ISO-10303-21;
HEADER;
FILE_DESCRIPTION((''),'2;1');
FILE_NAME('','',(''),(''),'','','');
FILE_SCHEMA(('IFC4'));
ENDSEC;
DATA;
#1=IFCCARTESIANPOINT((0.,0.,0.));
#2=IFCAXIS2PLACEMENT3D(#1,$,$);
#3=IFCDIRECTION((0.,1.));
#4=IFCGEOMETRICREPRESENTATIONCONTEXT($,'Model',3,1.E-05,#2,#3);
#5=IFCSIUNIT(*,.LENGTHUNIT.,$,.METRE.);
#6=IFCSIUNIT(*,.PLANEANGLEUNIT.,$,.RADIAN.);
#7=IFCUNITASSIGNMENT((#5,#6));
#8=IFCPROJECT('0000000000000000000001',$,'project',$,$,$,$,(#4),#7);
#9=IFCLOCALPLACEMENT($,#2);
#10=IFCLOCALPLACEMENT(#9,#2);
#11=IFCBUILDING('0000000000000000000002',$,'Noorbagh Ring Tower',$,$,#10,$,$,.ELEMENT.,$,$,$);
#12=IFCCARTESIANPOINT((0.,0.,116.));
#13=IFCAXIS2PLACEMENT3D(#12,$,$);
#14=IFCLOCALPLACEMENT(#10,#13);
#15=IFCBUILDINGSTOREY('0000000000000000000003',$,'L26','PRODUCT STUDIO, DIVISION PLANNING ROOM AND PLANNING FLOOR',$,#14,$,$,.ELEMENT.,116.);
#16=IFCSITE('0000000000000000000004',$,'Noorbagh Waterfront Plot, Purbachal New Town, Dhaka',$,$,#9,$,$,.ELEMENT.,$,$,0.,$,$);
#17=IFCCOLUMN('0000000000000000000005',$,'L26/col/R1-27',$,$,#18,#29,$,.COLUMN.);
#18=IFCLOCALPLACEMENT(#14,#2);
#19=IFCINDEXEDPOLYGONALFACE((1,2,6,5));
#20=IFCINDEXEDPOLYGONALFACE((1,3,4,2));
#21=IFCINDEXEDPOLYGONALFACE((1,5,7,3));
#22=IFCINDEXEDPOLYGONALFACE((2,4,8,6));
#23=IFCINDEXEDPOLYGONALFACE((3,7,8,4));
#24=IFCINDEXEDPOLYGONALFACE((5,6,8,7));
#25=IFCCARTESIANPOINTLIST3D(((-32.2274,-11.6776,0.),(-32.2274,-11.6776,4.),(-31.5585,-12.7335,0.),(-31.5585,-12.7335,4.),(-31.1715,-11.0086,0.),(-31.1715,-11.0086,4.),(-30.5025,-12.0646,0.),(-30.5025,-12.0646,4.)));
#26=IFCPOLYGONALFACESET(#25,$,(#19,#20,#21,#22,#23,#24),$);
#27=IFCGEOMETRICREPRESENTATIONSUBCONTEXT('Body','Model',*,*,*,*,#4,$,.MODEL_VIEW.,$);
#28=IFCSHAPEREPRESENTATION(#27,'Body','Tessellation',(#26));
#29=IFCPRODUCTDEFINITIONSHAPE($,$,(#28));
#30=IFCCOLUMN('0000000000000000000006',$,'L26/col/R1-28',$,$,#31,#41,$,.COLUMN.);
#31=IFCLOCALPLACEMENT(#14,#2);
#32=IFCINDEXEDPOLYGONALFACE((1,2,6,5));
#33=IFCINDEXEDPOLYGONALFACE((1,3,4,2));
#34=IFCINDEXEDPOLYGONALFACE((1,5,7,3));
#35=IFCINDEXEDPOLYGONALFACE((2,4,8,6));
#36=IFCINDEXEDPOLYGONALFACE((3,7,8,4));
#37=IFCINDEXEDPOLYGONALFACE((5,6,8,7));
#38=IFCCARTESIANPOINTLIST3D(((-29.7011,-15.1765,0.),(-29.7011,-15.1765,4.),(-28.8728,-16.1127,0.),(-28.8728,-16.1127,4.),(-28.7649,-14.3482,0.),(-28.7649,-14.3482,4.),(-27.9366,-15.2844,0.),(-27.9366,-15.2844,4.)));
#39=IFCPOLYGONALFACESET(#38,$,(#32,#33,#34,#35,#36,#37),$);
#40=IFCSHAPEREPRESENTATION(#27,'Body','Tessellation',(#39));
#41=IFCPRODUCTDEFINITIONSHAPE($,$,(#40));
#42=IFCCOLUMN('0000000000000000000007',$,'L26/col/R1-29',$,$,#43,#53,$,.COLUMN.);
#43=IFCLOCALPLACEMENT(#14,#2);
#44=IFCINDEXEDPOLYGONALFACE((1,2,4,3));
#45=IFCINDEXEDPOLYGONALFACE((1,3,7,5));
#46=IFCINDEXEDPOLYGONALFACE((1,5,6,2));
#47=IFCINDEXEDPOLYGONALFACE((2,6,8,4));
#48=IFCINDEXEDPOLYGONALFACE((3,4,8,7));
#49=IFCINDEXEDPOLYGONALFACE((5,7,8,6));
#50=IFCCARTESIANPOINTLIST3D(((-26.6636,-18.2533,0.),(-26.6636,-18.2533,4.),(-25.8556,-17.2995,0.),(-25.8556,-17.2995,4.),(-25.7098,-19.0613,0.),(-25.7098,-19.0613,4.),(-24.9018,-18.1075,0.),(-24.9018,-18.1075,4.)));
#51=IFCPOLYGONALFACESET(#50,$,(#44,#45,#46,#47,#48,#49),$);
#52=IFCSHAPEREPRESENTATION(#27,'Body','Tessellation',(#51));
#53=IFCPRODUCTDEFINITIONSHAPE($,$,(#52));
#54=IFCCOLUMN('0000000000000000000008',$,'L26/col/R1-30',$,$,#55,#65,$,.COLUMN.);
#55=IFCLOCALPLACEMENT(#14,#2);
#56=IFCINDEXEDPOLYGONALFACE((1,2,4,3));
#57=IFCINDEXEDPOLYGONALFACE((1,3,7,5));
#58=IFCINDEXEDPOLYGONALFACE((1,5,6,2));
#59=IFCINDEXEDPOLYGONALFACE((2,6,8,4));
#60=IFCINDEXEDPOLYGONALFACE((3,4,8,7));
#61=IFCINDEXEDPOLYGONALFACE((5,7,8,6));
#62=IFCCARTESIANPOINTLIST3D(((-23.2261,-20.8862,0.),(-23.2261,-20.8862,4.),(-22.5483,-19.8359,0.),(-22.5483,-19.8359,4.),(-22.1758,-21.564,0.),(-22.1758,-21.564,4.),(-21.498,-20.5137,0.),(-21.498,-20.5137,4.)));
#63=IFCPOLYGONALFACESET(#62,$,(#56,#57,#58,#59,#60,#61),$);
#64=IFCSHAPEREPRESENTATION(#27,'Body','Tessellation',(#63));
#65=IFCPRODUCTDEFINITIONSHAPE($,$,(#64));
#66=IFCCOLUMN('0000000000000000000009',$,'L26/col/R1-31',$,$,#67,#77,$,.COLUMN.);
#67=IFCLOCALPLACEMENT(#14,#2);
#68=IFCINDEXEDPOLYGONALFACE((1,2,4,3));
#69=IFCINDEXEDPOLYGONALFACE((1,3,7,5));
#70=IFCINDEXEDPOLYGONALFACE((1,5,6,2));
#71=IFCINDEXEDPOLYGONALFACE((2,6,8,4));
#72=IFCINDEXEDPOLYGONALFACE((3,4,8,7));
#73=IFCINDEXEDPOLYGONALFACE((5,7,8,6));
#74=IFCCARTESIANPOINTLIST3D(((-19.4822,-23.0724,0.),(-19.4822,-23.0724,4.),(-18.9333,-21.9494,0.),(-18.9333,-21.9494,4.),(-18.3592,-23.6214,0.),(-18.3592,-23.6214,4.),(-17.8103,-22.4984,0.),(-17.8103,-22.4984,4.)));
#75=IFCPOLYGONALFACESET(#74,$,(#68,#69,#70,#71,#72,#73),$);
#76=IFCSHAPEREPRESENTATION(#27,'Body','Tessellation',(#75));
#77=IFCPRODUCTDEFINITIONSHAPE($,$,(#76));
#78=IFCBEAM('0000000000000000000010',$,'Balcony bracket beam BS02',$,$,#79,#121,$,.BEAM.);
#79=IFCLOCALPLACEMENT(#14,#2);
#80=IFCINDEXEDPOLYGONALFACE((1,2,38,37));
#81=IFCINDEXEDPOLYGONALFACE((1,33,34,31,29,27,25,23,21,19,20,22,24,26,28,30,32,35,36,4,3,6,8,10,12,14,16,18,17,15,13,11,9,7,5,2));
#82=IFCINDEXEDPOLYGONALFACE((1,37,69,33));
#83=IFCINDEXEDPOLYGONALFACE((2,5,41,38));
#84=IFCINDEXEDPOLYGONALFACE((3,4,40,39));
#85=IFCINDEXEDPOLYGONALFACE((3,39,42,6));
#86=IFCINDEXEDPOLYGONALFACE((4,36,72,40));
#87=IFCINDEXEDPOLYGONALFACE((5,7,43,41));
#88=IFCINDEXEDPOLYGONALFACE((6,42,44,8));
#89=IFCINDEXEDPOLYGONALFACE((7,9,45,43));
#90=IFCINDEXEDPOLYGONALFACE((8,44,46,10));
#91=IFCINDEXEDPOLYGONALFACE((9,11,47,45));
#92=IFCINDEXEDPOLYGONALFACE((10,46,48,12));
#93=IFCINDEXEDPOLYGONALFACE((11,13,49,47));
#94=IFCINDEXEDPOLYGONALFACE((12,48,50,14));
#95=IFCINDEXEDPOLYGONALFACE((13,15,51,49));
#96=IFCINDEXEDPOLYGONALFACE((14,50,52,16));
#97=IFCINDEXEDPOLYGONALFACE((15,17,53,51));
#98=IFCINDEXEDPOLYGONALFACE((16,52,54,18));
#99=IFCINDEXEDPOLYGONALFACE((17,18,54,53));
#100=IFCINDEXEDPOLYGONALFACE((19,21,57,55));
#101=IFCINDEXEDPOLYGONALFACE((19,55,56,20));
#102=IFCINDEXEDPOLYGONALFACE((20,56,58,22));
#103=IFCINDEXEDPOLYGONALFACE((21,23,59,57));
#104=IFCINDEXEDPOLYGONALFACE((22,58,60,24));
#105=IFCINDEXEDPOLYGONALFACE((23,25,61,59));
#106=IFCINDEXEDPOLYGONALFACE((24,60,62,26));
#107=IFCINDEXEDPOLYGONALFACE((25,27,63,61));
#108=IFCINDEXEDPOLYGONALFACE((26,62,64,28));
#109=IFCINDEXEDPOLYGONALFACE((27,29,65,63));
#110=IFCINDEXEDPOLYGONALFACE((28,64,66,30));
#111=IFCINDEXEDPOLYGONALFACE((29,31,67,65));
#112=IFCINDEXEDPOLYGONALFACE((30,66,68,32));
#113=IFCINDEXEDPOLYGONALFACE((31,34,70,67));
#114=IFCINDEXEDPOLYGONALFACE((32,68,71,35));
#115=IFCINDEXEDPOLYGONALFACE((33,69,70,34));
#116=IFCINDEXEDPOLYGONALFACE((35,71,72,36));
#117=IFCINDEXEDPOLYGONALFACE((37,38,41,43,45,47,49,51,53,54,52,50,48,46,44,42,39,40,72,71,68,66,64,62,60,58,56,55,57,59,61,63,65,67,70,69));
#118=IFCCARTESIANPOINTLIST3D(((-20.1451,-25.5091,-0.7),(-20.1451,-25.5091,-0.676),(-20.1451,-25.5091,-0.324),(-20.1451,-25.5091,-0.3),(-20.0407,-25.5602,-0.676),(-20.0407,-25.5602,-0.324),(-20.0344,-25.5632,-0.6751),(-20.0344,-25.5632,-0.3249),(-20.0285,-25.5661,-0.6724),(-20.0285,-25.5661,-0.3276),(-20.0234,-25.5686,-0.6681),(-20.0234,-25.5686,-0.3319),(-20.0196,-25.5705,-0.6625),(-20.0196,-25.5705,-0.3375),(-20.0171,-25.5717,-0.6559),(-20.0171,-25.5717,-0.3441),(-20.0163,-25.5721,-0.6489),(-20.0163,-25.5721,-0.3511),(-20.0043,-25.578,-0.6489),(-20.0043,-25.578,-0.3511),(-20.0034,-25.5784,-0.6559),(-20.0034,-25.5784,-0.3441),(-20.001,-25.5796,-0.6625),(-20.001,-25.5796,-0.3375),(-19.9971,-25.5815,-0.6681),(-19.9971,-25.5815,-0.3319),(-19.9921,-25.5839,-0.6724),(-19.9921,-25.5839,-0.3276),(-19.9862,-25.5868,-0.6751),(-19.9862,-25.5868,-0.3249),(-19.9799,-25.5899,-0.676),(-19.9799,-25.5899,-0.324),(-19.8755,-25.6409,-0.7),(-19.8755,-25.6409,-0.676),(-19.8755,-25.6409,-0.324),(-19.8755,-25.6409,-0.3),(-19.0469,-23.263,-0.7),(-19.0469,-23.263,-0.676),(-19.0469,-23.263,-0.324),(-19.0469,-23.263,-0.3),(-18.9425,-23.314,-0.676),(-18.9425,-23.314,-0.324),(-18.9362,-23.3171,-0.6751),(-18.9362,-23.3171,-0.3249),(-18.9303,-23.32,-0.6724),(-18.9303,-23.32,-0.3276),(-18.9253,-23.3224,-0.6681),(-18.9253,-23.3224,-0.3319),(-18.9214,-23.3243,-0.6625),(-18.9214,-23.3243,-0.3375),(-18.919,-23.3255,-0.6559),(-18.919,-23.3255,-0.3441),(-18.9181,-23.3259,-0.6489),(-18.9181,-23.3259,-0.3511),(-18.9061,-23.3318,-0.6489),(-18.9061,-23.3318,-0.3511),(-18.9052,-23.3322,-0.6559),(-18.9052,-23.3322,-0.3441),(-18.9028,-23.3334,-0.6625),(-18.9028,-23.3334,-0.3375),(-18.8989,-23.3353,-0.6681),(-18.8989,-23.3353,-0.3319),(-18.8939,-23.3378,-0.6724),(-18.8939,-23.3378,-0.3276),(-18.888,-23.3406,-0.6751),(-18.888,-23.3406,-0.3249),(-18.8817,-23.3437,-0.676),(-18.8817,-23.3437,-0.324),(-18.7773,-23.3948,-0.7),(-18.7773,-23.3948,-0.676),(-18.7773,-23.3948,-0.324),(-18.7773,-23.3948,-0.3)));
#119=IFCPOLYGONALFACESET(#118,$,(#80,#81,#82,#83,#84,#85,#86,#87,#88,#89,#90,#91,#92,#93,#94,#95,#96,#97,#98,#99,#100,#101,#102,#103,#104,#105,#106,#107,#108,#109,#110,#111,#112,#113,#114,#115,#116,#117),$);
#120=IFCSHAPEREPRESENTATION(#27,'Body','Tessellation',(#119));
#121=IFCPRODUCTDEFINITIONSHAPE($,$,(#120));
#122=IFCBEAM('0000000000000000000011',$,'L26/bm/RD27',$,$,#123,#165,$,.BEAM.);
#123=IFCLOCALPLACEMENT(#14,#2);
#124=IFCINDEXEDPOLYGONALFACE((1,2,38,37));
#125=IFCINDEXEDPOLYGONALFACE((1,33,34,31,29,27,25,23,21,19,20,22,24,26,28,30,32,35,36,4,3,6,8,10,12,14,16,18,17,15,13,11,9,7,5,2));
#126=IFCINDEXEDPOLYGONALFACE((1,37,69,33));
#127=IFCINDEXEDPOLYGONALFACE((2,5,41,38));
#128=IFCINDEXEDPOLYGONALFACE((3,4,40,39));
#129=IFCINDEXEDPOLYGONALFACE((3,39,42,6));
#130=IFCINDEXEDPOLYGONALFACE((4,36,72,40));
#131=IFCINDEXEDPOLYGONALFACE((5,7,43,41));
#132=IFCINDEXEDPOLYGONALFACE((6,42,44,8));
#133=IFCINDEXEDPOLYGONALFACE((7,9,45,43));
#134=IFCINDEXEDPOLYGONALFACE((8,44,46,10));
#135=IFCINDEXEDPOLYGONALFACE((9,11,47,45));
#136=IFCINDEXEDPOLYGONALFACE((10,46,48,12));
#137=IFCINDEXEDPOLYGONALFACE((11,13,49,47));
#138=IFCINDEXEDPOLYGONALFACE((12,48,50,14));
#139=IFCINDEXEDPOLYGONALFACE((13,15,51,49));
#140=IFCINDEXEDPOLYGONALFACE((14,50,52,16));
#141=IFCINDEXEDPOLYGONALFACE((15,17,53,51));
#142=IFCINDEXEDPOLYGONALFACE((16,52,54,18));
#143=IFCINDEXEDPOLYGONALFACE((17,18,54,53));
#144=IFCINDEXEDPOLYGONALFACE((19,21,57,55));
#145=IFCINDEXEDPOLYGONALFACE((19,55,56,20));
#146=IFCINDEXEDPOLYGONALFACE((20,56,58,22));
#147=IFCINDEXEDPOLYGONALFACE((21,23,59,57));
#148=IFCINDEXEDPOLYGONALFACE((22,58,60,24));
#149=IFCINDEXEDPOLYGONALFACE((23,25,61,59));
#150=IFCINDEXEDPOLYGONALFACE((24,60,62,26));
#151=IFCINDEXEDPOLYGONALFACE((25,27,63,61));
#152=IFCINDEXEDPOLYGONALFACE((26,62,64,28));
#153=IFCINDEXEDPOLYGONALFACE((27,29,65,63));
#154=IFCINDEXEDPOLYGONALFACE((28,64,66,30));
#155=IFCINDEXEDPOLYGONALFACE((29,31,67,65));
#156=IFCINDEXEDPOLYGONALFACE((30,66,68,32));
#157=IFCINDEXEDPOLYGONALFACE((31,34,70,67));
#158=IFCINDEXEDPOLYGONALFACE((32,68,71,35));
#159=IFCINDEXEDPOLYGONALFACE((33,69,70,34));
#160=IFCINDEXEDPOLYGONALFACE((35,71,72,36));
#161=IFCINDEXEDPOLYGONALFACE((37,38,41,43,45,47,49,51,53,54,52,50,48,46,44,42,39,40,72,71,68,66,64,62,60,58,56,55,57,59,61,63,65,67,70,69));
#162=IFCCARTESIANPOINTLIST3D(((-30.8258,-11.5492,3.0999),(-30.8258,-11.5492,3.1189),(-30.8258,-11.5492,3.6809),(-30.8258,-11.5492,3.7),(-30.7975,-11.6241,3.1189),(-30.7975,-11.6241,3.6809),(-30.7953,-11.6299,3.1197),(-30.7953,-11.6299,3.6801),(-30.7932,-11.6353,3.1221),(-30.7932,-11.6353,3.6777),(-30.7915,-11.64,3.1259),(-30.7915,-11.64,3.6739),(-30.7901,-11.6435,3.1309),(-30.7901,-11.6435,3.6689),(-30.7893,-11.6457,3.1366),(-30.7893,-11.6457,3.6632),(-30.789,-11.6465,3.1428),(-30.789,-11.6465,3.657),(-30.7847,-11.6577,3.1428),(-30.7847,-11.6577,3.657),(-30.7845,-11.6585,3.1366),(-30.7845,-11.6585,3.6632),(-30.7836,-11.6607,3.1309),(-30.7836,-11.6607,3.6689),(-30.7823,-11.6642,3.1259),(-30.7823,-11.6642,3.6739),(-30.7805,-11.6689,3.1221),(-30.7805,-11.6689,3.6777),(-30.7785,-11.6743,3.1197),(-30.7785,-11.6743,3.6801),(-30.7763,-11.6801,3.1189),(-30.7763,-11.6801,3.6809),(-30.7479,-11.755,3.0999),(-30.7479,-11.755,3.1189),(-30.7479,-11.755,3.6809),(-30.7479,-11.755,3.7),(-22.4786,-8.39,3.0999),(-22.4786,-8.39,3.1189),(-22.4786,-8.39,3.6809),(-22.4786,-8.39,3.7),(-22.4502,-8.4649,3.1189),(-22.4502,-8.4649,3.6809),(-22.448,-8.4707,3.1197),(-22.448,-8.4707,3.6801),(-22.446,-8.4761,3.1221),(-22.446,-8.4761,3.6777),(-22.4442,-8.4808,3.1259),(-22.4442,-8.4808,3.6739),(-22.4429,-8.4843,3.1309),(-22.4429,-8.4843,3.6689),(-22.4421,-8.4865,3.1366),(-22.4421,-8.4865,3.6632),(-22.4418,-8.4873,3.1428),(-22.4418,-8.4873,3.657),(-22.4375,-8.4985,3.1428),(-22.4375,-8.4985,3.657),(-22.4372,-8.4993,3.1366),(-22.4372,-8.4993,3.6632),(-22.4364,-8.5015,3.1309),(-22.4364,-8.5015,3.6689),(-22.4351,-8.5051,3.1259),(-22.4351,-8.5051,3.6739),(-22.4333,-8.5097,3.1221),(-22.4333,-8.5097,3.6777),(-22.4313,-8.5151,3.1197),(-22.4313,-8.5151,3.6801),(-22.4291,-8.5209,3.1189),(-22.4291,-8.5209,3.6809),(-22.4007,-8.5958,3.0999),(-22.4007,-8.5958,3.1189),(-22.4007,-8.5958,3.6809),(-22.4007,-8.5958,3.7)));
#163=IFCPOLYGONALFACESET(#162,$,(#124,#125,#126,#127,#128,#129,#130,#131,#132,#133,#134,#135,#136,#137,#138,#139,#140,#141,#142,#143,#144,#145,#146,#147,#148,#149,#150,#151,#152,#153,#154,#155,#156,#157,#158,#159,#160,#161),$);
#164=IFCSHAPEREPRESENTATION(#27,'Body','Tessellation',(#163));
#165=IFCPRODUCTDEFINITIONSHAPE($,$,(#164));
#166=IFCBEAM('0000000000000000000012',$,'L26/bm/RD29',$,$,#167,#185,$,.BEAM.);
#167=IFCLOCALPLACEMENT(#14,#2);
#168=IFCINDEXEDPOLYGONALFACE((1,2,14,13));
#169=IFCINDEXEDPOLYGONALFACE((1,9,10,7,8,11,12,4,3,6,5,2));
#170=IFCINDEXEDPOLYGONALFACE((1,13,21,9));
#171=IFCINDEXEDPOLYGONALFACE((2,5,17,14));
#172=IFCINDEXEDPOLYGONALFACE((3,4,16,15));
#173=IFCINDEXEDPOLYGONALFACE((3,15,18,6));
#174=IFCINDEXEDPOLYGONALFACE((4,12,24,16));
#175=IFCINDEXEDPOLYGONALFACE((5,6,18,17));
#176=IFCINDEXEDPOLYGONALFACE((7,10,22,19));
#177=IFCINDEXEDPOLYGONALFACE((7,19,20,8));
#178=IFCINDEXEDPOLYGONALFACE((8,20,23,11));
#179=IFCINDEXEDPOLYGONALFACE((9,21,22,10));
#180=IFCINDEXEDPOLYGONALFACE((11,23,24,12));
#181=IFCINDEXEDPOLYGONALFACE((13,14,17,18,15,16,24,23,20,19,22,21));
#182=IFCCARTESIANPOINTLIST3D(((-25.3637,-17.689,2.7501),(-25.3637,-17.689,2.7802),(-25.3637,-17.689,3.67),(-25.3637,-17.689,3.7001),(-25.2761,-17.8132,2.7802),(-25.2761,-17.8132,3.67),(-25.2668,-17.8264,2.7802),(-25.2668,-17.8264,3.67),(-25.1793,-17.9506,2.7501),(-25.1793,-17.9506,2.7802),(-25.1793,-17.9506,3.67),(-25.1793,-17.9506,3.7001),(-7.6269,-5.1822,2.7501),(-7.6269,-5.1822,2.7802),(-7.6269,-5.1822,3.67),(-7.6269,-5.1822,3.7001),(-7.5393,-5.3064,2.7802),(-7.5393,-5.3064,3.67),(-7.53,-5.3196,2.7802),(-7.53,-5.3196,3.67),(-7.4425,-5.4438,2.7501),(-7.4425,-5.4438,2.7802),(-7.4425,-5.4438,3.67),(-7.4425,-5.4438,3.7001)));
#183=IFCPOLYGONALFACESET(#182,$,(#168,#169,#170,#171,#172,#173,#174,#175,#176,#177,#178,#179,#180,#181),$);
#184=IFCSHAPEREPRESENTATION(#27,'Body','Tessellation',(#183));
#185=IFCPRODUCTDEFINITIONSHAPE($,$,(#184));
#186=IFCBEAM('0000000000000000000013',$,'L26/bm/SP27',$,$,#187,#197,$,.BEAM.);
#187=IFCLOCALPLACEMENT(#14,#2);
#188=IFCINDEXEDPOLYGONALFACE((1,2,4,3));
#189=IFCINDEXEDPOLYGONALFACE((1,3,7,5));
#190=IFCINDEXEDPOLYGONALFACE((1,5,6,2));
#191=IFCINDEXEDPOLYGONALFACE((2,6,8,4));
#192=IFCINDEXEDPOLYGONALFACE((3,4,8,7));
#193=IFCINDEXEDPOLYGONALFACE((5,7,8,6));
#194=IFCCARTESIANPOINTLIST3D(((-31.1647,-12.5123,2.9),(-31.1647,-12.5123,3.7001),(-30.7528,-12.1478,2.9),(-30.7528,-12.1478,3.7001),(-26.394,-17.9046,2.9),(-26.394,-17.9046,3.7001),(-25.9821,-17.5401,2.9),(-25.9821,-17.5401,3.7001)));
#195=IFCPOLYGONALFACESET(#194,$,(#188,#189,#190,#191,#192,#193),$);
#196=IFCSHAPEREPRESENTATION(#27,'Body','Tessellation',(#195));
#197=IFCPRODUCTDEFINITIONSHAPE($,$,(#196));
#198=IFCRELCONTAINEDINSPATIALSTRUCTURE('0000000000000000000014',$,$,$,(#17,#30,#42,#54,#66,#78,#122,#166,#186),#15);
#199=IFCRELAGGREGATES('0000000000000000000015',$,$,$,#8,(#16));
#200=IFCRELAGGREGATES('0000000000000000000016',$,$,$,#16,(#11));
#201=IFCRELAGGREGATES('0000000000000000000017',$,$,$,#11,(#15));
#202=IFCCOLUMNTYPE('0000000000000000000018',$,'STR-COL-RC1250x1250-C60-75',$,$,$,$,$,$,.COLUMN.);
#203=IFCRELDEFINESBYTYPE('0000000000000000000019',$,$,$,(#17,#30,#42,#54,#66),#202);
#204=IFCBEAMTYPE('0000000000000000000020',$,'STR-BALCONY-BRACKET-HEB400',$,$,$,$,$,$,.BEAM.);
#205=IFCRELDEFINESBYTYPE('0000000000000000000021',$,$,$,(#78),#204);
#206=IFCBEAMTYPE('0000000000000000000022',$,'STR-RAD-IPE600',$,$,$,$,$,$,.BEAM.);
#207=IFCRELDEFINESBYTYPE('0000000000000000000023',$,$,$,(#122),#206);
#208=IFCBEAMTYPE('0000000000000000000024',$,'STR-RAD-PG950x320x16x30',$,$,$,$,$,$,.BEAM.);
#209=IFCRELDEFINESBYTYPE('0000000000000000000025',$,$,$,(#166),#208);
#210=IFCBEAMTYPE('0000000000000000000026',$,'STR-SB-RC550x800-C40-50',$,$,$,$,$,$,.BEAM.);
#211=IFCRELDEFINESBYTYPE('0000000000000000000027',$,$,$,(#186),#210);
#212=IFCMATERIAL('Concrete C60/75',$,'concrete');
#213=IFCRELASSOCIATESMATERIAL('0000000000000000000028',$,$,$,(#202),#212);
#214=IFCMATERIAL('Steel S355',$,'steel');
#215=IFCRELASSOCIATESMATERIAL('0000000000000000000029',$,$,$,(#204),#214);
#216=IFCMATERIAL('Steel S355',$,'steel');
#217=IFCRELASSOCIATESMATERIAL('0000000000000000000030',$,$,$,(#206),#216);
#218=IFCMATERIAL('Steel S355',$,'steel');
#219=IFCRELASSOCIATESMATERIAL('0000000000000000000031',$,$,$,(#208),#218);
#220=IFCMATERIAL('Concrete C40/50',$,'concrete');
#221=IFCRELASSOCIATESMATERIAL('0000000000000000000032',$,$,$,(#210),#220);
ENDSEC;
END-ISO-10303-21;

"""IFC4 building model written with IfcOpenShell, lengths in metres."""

from ifc_helpers import new_model, si_unit, direction, frame, origin, origin_2d, place, context, subcontext, project, spatial, rectangle, i_section, extrude, material, material_profile, profile_set, type_object, element, save


model = new_model("IFC4")

# Units and contexts
model_context = context("Model", 3, precision=1e-05, world=origin(), true_north=direction((0.0, 1.0)))
body_context = subcontext(model_context, "Body", "Model", "MODEL_VIEW")
ifc_project = project(units=[si_unit("LENGTHUNIT", "METRE"), si_unit("PLANEANGLEUNIT", "RADIAN")], contexts=[model_context])

# Site, building, storey
site_placement = place(None, origin())
site = spatial("IfcSite", under=ifc_project, at=site_placement, Name="Noorbagh Waterfront Plot, Purbachal New Town, Dhaka", CompositionType="ELEMENT", RefElevation=0.0)
building_placement = place(site_placement, origin())
building = spatial("IfcBuilding", under=site, at=building_placement, Name="Noorbagh Ring Tower", CompositionType="ELEMENT")
storey_placement = place(building_placement, frame((0.0, 0.0, 116.0)))
storey = spatial("IfcBuildingStorey", under=building, at=storey_placement, Name="L26", Description="PRODUCT STUDIO, DIVISION PLANNING ROOM AND PLANNING FLOOR", CompositionType="ELEMENT", Elevation=116.0)

# Columns
ifc_material_1 = material(Name="Concrete C60/75", Category="concrete")
ifc_material_profile_1 = material_profile(ifc_material_1, rectangle(XDim=1.25, YDim=1.25, at=origin_2d()), Name="RC1250x1250")
ifc_profile_set_1 = profile_set([ifc_material_profile_1], Name="Concrete C60/75")
column_type = type_object("IfcColumnType", Name="STR-COL-RC1250x1250-C60-75", PredefinedType="COLUMN", material=ifc_profile_set_1)
for number, where, z_axis, x_axis, name in (
    (1, (-31.365, -11.8711, 0.0), (0.0, 0.0, 1.0), (0.53519, -0.844731, 0.0), "L26/col/R1-27"),
    (2, (-28.8188, -15.2305, 0.0), (0.0, 0.0, 1.0), (0.662636, -0.748942, 0.0), "L26/col/R1-28"),
    (3, (-25.7827, -18.1804, 0.0), (0.0, 0.0, 1.0), (0.763035, -0.646357, 0.0), "L26/col/R1-29"),
    (4, (-22.3621, -20.7, 0.0), (0.0, 0.0, 1.0), (0.840248, -0.542203, 0.0), "L26/col/R1-30"),
    (5, (-18.6462, -22.7854, 0.0), (0.0, 0.0, 1.0), (0.898399, -0.43918, 0.0), "L26/col/R1-31"),
):
    element("IfcColumn", number, at=place(storey_placement, frame(where, z_axis=z_axis, x_axis=x_axis)), inside=storey, type_object=column_type, Name=name, PredefinedType="COLUMN", context=body_context, shape_type="SweptSolid", body=[
        extrude(rectangle(XDim=1.25, YDim=1.25, at=origin_2d()), origin(), (0.0, 0.0, 1.0), 4.0),
    ])

# Beams
ifc_material_2 = material(Name="Steel S355", Category="steel")
ifc_material_profile_2 = material_profile(ifc_material_2, i_section(OverallWidth=0.3, OverallDepth=0.3999, WebThickness=0.0134, FlangeThickness=0.0239, FilletRadius=0.0271, at=origin_2d()), Name="HEB400")
ifc_profile_set_2 = profile_set([ifc_material_profile_2], Name="Steel S355")
beam_type_1 = type_object("IfcBeamType", Name="STR-BALCONY-BRACKET-HEB400", PredefinedType="BEAM", material=ifc_profile_set_2)
beam_1_placement = place(storey_placement, frame((-18.9121, -23.3289, -0.5), z_axis=(-0.439228, -0.898376, 0.0), x_axis=(0.898376, -0.439228, 0.0)))
element("IfcBeam", 6, at=beam_1_placement, inside=storey, type_object=beam_type_1, Name="Balcony bracket beam BS02", PredefinedType="BEAM", context=body_context, shape_type="SweptSolid", body=[
    extrude(i_section(OverallWidth=0.3, OverallDepth=0.3999, WebThickness=0.0134, FlangeThickness=0.0239, FilletRadius=0.0271, at=origin_2d()), origin(), (0.0, 0.0, 1.0), 2.5002),
])
ifc_material_3 = material(Name="Steel S355", Category="steel")
ifc_material_profile_3 = material_profile(ifc_material_3, i_section(OverallWidth=0.22, OverallDepth=0.6001, WebThickness=0.012, FlangeThickness=0.019, FilletRadius=0.0239, at=origin_2d()), Name="IPE600")
ifc_profile_set_3 = profile_set([ifc_material_profile_3], Name="Steel S355")
beam_type_2 = type_object("IfcBeamType", Name="STR-RAD-IPE600", PredefinedType="BEAM", material=ifc_profile_set_3)
beam_2_placement = place(storey_placement, frame((-30.7869, -11.6521, 3.3999), z_axis=(0.935257, 0.35397, 0.0), x_axis=(-0.35397, 0.935257, 0.0)))
element("IfcBeam", 7, at=beam_2_placement, inside=storey, type_object=beam_type_2, Name="L26/bm/RD27", PredefinedType="BEAM", context=body_context, shape_type="SweptSolid", body=[
    extrude(i_section(OverallWidth=0.22, OverallDepth=0.6001, WebThickness=0.012, FlangeThickness=0.019, FilletRadius=0.0239, at=origin_2d()), origin(), (0.0, 0.0, 1.0), 8.925),
])
ifc_material_4 = material(Name="Steel S355", Category="steel")
ifc_material_profile_4 = material_profile(ifc_material_4, i_section(OverallWidth=0.3201, OverallDepth=0.95, WebThickness=0.0161, FlangeThickness=0.03, at=origin_2d()), Name="PG950x320x16x30")
ifc_profile_set_4 = profile_set([ifc_material_profile_4], Name="Steel S355")
beam_type_3 = type_object("IfcBeamType", Name="STR-RAD-PG950x320x16x30", PredefinedType="BEAM", material=ifc_profile_set_4)
beam_3_placement = place(storey_placement, frame((-25.2715, -17.8198, 3.2251), z_axis=(0.817256, 0.576275, 0.0), x_axis=(-0.576275, 0.817256, 0.0)))
element("IfcBeam", 8, at=beam_3_placement, inside=storey, type_object=beam_type_3, Name="L26/bm/RD29", PredefinedType="BEAM", context=body_context, shape_type="SweptSolid", body=[
    extrude(i_section(OverallWidth=0.3201, OverallDepth=0.95, WebThickness=0.0161, FlangeThickness=0.03, at=origin_2d()), origin(), (0.0, 0.0, 1.0), 21.7029),
])
ifc_material_5 = material(Name="Concrete C40/50", Category="concrete")
ifc_material_profile_5 = material_profile(ifc_material_5, rectangle(XDim=0.55, YDim=0.8, at=origin_2d()), Name="RC550x800")
ifc_profile_set_5 = profile_set([ifc_material_profile_5], Name="Concrete C40/50")
beam_type_4 = type_object("IfcBeamType", Name="STR-SB-RC550x800-C40-50", PredefinedType="BEAM", material=ifc_profile_set_5)
beam_4_placement = place(storey_placement, frame((-30.9587, -12.3301, 3.3), z_axis=(0.662621, -0.748954, 0.0), x_axis=(0.748954, 0.662621, 0.0)))
element("IfcBeam", 9, at=beam_4_placement, inside=storey, type_object=beam_type_4, Name="L26/bm/SP27", PredefinedType="BEAM", context=body_context, shape_type="SweptSolid", body=[
    extrude(rectangle(XDim=0.55, YDim=0.8, at=origin_2d()), origin(), (0.0, 0.0, 1.0), 7.1997),
])

save(model, "model.ifc")
